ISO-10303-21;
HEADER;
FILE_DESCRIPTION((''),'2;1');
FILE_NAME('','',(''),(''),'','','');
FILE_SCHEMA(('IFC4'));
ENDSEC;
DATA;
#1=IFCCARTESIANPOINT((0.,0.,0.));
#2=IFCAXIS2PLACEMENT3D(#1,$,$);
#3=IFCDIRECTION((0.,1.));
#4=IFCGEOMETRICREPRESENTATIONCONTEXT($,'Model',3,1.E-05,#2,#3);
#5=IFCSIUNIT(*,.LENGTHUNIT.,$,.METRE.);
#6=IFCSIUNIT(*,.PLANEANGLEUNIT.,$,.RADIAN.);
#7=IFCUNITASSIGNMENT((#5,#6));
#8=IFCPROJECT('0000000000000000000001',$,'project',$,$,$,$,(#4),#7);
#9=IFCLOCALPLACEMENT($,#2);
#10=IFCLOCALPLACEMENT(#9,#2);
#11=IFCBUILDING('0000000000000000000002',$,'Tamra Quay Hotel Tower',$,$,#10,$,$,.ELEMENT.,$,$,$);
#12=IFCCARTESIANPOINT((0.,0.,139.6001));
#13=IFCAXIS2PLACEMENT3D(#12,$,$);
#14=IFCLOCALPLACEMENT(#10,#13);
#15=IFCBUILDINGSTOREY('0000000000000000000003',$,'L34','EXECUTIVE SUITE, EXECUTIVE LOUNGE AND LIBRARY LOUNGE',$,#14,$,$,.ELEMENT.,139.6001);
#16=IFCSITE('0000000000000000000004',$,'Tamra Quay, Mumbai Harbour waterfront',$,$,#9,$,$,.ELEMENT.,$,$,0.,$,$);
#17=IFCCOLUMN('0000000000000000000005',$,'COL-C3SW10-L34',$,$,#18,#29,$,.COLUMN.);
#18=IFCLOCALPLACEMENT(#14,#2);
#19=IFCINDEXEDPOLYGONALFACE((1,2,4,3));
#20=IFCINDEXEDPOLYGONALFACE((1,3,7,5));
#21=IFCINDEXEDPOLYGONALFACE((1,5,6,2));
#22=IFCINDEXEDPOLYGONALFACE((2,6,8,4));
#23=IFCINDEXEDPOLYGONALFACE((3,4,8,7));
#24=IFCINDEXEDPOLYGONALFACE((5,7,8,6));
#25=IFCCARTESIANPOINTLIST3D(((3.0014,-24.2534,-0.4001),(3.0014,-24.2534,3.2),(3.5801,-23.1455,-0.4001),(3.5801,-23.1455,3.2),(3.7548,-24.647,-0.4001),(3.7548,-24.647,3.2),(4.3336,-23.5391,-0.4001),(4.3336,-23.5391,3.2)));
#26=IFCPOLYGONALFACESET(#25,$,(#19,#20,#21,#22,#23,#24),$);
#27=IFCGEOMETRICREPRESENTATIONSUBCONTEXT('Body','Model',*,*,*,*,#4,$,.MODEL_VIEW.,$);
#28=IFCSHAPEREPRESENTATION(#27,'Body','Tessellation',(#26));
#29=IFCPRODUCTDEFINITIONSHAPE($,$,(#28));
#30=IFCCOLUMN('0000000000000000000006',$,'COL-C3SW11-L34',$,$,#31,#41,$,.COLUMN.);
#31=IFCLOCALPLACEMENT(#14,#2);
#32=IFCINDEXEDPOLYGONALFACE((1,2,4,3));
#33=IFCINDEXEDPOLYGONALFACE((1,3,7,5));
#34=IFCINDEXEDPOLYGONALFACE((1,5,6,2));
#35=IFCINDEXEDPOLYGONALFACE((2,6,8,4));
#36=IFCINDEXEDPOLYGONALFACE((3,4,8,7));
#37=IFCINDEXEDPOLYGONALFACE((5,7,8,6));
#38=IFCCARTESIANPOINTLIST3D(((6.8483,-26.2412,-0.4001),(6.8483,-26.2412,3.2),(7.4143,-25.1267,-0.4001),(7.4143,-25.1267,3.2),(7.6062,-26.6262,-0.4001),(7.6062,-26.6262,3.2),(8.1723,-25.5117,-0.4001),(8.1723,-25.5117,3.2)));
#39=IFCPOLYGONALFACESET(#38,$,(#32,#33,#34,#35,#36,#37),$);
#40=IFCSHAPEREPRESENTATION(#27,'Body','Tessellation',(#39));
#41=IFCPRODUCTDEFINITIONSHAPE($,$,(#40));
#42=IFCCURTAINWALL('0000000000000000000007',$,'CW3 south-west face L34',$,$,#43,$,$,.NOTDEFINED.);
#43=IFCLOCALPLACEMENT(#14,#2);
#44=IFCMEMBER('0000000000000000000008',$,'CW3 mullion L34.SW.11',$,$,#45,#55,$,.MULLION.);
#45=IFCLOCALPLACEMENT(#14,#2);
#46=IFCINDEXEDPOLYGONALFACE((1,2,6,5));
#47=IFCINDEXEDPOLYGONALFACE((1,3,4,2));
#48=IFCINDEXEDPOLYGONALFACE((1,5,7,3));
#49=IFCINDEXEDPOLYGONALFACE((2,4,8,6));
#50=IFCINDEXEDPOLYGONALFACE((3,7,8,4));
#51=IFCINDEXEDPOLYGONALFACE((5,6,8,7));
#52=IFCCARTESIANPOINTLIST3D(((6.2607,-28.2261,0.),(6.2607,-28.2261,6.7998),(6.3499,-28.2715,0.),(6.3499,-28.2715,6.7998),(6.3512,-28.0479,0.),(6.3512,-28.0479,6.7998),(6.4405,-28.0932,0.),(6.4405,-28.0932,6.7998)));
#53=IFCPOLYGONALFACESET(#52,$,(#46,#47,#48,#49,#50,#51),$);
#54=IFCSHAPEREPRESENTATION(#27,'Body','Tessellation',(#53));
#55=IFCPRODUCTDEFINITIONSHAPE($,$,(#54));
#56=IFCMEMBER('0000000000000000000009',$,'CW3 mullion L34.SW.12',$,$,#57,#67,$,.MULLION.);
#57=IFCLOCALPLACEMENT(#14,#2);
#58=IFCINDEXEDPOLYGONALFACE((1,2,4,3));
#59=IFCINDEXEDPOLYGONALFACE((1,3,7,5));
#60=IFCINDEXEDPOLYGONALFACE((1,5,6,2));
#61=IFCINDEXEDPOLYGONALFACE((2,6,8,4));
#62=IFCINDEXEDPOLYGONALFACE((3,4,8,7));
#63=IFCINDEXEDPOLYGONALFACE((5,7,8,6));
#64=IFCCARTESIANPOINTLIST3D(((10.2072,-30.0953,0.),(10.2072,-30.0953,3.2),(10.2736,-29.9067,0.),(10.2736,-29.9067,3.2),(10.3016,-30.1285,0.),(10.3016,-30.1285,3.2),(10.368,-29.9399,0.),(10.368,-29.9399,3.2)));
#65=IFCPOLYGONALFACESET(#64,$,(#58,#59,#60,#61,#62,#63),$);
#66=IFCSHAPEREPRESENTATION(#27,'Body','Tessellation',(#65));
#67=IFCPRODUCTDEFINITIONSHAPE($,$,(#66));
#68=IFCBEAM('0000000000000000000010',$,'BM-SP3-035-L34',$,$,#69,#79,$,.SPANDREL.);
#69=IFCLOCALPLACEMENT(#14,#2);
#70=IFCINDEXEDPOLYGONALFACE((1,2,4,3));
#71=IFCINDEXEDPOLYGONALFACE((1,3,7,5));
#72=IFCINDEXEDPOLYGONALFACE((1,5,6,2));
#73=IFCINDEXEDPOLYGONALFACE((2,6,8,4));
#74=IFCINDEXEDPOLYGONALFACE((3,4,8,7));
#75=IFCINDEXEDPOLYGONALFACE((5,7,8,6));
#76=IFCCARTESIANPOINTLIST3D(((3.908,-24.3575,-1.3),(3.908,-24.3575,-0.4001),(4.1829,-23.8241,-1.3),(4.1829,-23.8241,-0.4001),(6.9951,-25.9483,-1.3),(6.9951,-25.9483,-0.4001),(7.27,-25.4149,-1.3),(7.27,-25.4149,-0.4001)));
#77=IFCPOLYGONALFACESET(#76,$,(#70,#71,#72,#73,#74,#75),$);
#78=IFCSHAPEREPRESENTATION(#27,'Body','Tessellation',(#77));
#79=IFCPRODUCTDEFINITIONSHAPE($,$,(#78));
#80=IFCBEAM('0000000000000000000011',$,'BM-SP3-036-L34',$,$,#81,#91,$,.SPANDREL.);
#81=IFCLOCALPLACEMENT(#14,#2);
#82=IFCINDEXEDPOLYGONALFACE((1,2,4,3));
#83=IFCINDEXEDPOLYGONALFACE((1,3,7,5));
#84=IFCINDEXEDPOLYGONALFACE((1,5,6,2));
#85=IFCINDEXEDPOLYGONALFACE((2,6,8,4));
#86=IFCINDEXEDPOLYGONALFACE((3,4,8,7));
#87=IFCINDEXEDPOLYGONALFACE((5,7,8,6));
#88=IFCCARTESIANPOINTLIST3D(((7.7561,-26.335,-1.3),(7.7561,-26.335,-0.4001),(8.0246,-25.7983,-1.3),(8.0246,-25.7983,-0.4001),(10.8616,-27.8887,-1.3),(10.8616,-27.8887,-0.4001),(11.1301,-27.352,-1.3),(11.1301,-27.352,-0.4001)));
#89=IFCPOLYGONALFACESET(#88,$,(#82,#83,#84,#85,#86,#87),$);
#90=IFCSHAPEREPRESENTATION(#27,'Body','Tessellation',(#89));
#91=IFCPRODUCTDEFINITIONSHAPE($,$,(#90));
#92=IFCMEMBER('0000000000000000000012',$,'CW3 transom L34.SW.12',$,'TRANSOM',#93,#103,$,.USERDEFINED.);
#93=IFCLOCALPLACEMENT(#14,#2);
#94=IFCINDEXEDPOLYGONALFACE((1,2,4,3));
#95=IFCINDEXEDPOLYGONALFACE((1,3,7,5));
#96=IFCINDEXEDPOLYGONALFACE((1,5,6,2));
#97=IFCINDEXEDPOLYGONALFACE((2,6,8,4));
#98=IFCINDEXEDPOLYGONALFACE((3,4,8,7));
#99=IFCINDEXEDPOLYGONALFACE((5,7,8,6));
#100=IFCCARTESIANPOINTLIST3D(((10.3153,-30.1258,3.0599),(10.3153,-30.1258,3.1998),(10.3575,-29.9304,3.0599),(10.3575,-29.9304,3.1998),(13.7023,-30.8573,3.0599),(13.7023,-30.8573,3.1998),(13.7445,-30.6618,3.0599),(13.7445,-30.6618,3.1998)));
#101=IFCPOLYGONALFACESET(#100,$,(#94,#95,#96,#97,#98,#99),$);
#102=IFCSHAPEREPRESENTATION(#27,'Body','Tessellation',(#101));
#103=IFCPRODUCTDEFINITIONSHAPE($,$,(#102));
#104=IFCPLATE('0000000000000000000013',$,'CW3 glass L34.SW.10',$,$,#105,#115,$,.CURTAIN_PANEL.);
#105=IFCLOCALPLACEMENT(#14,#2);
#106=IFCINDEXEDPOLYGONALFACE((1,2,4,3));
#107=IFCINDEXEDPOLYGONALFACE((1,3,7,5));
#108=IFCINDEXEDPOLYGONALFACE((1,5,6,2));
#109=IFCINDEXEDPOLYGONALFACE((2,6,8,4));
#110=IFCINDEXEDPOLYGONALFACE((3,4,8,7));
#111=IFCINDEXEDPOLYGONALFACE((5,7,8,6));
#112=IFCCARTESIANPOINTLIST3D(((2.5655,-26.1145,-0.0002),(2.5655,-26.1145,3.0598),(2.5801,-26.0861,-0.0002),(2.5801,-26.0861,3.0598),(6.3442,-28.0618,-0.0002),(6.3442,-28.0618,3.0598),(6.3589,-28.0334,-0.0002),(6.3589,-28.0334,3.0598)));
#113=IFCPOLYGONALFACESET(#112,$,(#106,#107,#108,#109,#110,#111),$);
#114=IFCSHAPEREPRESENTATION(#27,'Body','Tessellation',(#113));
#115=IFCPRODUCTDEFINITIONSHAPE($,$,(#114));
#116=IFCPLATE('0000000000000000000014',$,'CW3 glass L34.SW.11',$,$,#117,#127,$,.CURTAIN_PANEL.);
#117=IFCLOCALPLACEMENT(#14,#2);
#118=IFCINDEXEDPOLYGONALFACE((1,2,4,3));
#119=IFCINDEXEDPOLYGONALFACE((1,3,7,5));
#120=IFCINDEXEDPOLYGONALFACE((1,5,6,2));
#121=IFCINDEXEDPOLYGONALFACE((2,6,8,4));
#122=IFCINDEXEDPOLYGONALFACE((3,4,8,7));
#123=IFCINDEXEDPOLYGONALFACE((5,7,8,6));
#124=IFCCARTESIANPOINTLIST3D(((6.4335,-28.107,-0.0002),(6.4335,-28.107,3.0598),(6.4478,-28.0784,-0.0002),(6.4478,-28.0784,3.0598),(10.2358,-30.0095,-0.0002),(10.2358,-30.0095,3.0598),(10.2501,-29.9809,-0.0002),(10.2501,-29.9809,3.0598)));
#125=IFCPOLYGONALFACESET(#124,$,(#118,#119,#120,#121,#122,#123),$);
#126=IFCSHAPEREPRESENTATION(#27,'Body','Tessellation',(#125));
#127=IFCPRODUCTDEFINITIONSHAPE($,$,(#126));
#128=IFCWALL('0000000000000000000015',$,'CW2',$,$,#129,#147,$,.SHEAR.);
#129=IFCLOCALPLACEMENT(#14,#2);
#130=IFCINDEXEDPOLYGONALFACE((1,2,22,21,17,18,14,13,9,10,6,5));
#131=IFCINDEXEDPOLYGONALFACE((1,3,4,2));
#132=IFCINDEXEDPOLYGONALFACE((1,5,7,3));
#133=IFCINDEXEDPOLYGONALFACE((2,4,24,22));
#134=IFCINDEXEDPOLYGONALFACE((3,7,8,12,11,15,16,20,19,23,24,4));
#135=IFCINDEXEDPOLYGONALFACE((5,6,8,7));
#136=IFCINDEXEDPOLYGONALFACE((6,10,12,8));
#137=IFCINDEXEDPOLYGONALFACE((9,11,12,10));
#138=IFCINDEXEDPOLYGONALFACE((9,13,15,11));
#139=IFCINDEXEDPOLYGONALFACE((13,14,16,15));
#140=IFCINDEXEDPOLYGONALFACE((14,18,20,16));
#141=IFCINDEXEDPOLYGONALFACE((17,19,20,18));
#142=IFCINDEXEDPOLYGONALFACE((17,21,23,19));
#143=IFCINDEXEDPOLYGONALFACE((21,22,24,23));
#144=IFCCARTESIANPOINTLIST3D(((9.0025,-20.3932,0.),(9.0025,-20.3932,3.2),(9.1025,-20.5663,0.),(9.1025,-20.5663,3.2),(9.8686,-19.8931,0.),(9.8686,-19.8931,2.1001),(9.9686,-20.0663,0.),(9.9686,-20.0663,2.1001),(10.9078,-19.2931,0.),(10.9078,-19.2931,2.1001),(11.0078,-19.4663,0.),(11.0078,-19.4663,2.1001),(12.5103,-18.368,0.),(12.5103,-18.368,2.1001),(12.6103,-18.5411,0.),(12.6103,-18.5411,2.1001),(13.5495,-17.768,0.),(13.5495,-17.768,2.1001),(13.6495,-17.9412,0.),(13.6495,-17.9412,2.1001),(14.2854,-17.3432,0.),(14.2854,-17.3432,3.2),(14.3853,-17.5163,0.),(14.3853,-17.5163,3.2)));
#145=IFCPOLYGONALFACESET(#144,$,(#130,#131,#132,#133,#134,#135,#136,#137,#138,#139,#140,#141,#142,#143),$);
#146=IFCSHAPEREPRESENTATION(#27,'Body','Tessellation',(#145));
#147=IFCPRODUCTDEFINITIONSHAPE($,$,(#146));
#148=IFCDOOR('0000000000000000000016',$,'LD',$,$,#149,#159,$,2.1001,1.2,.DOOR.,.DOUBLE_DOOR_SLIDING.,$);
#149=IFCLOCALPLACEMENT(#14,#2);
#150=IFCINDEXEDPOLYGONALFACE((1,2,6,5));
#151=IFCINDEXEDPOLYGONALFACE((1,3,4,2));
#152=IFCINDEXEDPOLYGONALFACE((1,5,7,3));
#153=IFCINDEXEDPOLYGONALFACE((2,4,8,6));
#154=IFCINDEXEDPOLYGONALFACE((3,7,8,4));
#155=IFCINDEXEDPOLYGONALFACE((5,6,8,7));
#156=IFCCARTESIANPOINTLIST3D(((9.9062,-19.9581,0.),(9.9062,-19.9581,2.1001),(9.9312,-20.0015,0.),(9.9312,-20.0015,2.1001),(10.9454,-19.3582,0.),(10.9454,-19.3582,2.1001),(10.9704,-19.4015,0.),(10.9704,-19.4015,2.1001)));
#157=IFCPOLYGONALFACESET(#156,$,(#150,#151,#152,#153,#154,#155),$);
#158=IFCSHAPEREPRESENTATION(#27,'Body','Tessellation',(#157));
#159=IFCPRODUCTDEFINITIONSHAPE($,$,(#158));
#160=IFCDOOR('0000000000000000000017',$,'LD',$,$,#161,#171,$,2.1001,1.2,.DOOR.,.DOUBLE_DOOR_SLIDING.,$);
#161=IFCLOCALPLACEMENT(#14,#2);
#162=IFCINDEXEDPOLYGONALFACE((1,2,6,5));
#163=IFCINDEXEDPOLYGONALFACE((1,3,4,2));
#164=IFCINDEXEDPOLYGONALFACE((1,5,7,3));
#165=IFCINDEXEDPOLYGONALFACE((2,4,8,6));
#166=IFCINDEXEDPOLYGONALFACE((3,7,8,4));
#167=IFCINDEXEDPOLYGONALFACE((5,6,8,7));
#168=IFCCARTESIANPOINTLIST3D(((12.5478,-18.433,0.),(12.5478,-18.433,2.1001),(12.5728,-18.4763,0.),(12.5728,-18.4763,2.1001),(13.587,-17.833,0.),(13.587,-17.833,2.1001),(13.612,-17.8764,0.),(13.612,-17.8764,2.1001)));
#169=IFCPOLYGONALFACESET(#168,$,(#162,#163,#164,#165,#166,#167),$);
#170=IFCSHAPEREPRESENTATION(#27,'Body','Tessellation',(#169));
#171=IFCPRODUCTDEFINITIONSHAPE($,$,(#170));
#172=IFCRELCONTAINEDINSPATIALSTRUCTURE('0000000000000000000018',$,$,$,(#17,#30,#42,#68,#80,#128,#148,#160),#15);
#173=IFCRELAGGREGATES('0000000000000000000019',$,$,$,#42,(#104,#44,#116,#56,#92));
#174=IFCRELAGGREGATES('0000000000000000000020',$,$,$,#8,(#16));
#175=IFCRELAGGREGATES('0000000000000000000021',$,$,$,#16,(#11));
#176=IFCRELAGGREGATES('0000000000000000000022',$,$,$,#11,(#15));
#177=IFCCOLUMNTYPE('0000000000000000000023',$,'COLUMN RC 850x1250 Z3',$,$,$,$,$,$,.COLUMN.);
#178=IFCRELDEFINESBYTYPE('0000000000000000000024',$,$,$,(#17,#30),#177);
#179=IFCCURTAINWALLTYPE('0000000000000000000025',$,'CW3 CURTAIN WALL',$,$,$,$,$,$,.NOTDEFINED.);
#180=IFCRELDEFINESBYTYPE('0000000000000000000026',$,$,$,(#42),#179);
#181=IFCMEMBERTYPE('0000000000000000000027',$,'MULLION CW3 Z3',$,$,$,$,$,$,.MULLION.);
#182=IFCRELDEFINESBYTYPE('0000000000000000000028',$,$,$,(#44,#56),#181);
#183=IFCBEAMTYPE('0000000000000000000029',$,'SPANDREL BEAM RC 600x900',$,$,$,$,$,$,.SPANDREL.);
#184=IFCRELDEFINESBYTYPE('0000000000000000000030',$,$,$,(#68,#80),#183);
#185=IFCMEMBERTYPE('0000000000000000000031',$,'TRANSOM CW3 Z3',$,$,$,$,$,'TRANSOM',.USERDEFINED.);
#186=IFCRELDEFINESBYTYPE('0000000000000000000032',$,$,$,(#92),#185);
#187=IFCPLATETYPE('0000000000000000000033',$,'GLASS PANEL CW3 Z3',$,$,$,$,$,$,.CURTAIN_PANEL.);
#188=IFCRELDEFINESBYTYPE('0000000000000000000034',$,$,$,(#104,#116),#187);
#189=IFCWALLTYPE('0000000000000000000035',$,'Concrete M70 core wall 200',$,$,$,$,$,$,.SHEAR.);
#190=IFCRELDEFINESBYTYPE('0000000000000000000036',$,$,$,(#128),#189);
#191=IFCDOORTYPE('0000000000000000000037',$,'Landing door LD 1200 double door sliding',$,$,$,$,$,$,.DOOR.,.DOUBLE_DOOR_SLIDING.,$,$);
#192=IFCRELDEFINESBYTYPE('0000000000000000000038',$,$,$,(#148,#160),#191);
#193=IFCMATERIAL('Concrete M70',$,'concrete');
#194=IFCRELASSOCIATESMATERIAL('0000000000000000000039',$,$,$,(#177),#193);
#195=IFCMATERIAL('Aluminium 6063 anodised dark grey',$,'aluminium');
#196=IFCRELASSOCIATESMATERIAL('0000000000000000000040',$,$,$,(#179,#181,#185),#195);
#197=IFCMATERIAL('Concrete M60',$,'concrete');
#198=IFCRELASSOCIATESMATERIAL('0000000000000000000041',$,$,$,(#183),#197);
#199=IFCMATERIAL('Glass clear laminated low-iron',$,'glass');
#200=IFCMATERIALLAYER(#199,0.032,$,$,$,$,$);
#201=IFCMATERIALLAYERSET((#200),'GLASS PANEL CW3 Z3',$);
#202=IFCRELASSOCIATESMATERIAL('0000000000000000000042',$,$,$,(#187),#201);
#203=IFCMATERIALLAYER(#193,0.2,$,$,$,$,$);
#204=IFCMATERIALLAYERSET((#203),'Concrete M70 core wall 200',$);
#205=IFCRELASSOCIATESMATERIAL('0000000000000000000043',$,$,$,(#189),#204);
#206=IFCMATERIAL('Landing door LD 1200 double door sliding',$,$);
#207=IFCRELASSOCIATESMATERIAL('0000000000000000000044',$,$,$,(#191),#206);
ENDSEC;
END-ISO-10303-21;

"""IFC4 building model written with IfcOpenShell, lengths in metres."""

from ifc_helpers import new_model, si_unit, direction, frame, frame_2d, origin, origin_2d, place, context, subcontext, project, spatial, rectangle, extrude, material, layer, layer_set, material_profile, profile_set, type_object, element, fill, aggregate, save


model = new_model("IFC4")

# Units and contexts
model_context = context("Model", 3, precision=1e-05, world=origin(), true_north=direction((0.0, 1.0)))
body_context = subcontext(model_context, "Body", "Model", "MODEL_VIEW")
ifc_project = project(units=[si_unit("LENGTHUNIT", "METRE"), si_unit("PLANEANGLEUNIT", "RADIAN")], contexts=[model_context])

# Site, building, storey
site_placement = place(None, origin())
site = spatial("IfcSite", under=ifc_project, at=site_placement, Name="Tamra Quay, Mumbai Harbour waterfront", CompositionType="ELEMENT", RefElevation=0.0)
building_placement = place(site_placement, origin())
building = spatial("IfcBuilding", under=site, at=building_placement, Name="Tamra Quay Hotel Tower", CompositionType="ELEMENT")
storey_placement = place(building_placement, frame((0.0, 0.0, 139.6001)))
storey = spatial("IfcBuildingStorey", under=building, at=storey_placement, Name="L34", Description="EXECUTIVE SUITE, EXECUTIVE LOUNGE AND LIBRARY LOUNGE", CompositionType="ELEMENT", Elevation=139.6001)

# Columns
ifc_material_1 = material(Name="Concrete M70", Category="concrete")
ifc_material_profile_1 = material_profile(ifc_material_1, rectangle(XDim=1.25, YDim=0.8501, at=origin_2d()), Name="COLUMN RC 850x1250 Z3")
ifc_profile_set_1 = profile_set([ifc_material_profile_1], Name="Concrete M70")
column_type = type_object("IfcColumnType", Name="COLUMN RC 850x1250 Z3", PredefinedType="COLUMN", material=ifc_profile_set_1)
for number, where, z_axis, x_axis, name in (
    (1, (3.6675, -23.8962, -0.4001), (0.0, 0.0, 1.0), (0.463007, 0.886355, 0.0), "COL-C3SW10-L34"),
    (2, (7.5103, -25.8765, -0.4001), (0.0, 0.0, 1.0), (0.45286, 0.891582, 0.0), "COL-C3SW11-L34"),
):
    element("IfcColumn", number, at=place(storey_placement, frame(where, z_axis=z_axis, x_axis=x_axis)), inside=storey, type_object=column_type, Name=name, PredefinedType="COLUMN", context=body_context, shape_type="SweptSolid", body=[
        extrude(rectangle(XDim=1.25, YDim=0.8501, at=origin_2d()), origin(), (0.0, 0.0, 1.0), 3.6001),
    ])

# Curtain wall, members
ifc_material_2 = material(Name="Aluminium 6063 anodised dark grey", Category="aluminium")
curtain_wall_type = type_object("IfcCurtainWallType", Name="CW3 CURTAIN WALL", PredefinedType="NOTDEFINED", material=ifc_material_2)
curtain_wall_placement = place(storey_placement, origin())
curtain_wall = element("IfcCurtainWall", 3, at=curtain_wall_placement, inside=storey, type_object=curtain_wall_type, Name="CW3 south-west face L34", PredefinedType="NOTDEFINED")
ifc_material_profile_2 = material_profile(ifc_material_2, rectangle(XDim=0.2, YDim=0.1001, at=origin_2d()), Name="MULLION 100X200")
ifc_profile_set_2 = profile_set([ifc_material_profile_2], Name="Aluminium 6063 anodised dark grey")
member_type_1 = type_object("IfcMemberType", Name="MULLION CW3 Z3", PredefinedType="MULLION", material=ifc_profile_set_2)
member_1_placement = place(storey_placement, frame((6.3506, -28.1597, 0.0), z_axis=(0.0, 0.0, 1.0), x_axis=(-0.452777, -0.891624, 0.0)))
member_1 = element("IfcMember", 4, at=member_1_placement, type_object=member_type_1, Name="CW3 mullion L34.SW.11", PredefinedType="MULLION", context=body_context, shape_type="SweptSolid", body=[
    extrude(rectangle(XDim=0.2, YDim=0.1001, at=origin_2d()), origin(), (0.0, 0.0, 1.0), 6.7998),
])
member_2_placement = place(storey_placement, frame((10.2876, -30.0176, 0.0), z_axis=(0.0, 0.0, 1.0), x_axis=(-0.331894, -0.943317, 0.0)))
member_2 = element("IfcMember", 5, at=member_2_placement, type_object=member_type_1, Name="CW3 mullion L34.SW.12", PredefinedType="MULLION", context=body_context, shape_type="SweptSolid", body=[
    extrude(rectangle(XDim=0.2, YDim=0.1001, at=origin_2d()), origin(), (0.0, 0.0, 1.0), 3.2),
])

# Beams
ifc_material_3 = material(Name="Concrete M60", Category="concrete")
ifc_material_profile_3 = material_profile(ifc_material_3, rectangle(XDim=0.6001, YDim=0.8999, at=origin_2d()), Name="SPANDREL BEAM RC 600x900")
ifc_profile_set_3 = profile_set([ifc_material_profile_3], Name="Concrete M60")
beam_type = type_object("IfcBeamType", Name="SPANDREL BEAM RC 600x900", PredefinedType="SPANDREL", material=ifc_profile_set_3)
beam_1_placement = place(storey_placement, frame((4.0454, -24.0908, -0.8501), z_axis=(0.88892, -0.458063, 0.0), x_axis=(0.458063, 0.88892, 0.0)))
element("IfcBeam", 6, at=beam_1_placement, inside=storey, type_object=beam_type, Name="BM-SP3-035-L34", PredefinedType="SPANDREL", context=body_context, shape_type="SweptSolid", body=[
    extrude(rectangle(XDim=0.6001, YDim=0.8999, at=origin_2d()), origin(), (0.0, 0.0, 1.0), 3.4729),
])
beam_2_placement = place(storey_placement, frame((7.8904, -26.0667, -0.8501), z_axis=(0.894315, -0.447439, 0.0), x_axis=(0.447439, 0.894315, 0.0)))
element("IfcBeam", 7, at=beam_2_placement, inside=storey, type_object=beam_type, Name="BM-SP3-036-L34", PredefinedType="SPANDREL", context=body_context, shape_type="SweptSolid", body=[
    extrude(rectangle(XDim=0.6001, YDim=0.8999, at=origin_2d()), origin(), (0.0, 0.0, 1.0), 3.4724),
])

# Member
ifc_material_profile_4 = material_profile(ifc_material_2, rectangle(XDim=0.2, YDim=0.1399, at=origin_2d()), Name="TRANSOM 200X140")
ifc_profile_set_4 = profile_set([ifc_material_profile_4], Name="Aluminium 6063 anodised dark grey")
member_type_2 = type_object("IfcMemberType", Name="TRANSOM CW3 Z3", ElementType="TRANSOM", PredefinedType="USERDEFINED", material=ifc_profile_set_4)
member_3_placement = place(storey_placement, frame((10.3364, -30.0281, 3.1299), z_axis=(0.977466, -0.211093, 0.0), x_axis=(0.211093, 0.977466, 0.0)))
member_3 = element("IfcMember", 8, at=member_3_placement, type_object=member_type_2, Name="CW3 transom L34.SW.12", ObjectType="TRANSOM", PredefinedType="USERDEFINED", context=body_context, shape_type="SweptSolid", body=[
    extrude(rectangle(XDim=0.2, YDim=0.1399, at=origin_2d()), origin(), (0.0, 0.0, 1.0), 3.4651),
])

# Plates
ifc_material_4 = material(Name="Glass clear laminated low-iron", Category="glass")
ifc_layer_1 = layer(ifc_material_4, 0.032)
ifc_layer_set_1 = layer_set([ifc_layer_1], Name="GLASS PANEL CW3 Z3")
plate_type = type_object("IfcPlateType", Name="GLASS PANEL CW3 Z3", PredefinedType="CURTAIN_PANEL", material=ifc_layer_set_1)
plate_1_placement = place(storey_placement, frame((4.4622, -27.074, -0.0002), z_axis=(0.0, 0.0, 1.0), x_axis=(0.888911, -0.458079, 0.0)))
plate_1 = element("IfcPlate", 9, at=plate_1_placement, type_object=plate_type, Name="CW3 glass L34.SW.10", PredefinedType="CURTAIN_PANEL", context=body_context, shape_type="SweptSolid", body=[
    extrude(rectangle(XDim=4.251, YDim=0.032, at=origin_2d()), origin(), (0.0, 0.0, 1.0), 3.0601),
])
plate_2_placement = place(storey_placement, frame((8.3418, -29.0439, -0.0002), z_axis=(0.0, 0.0, 1.0), x_axis=(0.894305, -0.447459, 0.0)))
plate_2 = element("IfcPlate", 10, at=plate_2_placement, type_object=plate_type, Name="CW3 glass L34.SW.11", PredefinedType="CURTAIN_PANEL", context=body_context, shape_type="SweptSolid", body=[
    extrude(rectangle(XDim=4.2517, YDim=0.032, at=origin_2d()), origin(), (0.0, 0.0, 1.0), 3.0601),
])
aggregate(curtain_wall, [plate_1, member_1, plate_2, member_2, member_3])

# Wall, openings, doors
ifc_layer_2 = layer(ifc_material_1, 0.2)
ifc_layer_set_2 = layer_set([ifc_layer_2], Name="Concrete M70 core wall 200")
wall_type_1 = type_object("IfcWallType", Name="Concrete M70 core wall 200", PredefinedType="SHEAR", material=ifc_layer_set_2)
wall_1_placement = place(storey_placement, frame((9.0525, -20.4797, 0.0), z_axis=(0.0, 0.0, 1.0), x_axis=(0.86603, 0.499992, 0.0)))
wall_1 = element("IfcWall", 11, at=wall_1_placement, inside=storey, type_object=wall_type_1, Name="CW2", PredefinedType="SHEAR", context=body_context, shape_type="SweptSolid", body=[
    extrude(rectangle(XDim=6.1001, YDim=0.2, at=frame_2d((3.05, 0.0))), origin(), (0.0, 0.0, 1.0), 3.2),
])
opening_1_placement = place(wall_1_placement, frame((1.0, 0.0, 0.0)))
opening_1 = element("IfcOpeningElement", 12, at=opening_1_placement, cuts=wall_1, PredefinedType="OPENING", context=body_context, shape_type="SweptSolid", body=[
    extrude(rectangle(XDim=1.2, YDim=2.1001, at=frame_2d((0.6001, 1.05))), frame((0.0, 0.1099, 0.0), z_axis=(0.0, -1.0, 0.0), x_axis=(1.0, 0.0, 0.0)), (0.0, 0.0, 1.0), 0.22),
])
opening_2_placement = place(wall_1_placement, frame((4.0503, 0.0, 0.0)))
opening_2 = element("IfcOpeningElement", 13, at=opening_2_placement, cuts=wall_1, PredefinedType="OPENING", context=body_context, shape_type="SweptSolid", body=[
    extrude(rectangle(XDim=1.2, YDim=2.1001, at=frame_2d((0.6001, 1.05))), frame((0.0, 0.1099, 0.0), z_axis=(0.0, -1.0, 0.0), x_axis=(1.0, 0.0, 0.0)), (0.0, 0.0, 1.0), 0.22),
])
ifc_material_5 = material(Name="Landing door LD 1200 double door sliding")
door_type_1 = type_object("IfcDoorType", Name="Landing door LD 1200 double door sliding", OperationType="DOUBLE_DOOR_SLIDING", PredefinedType="DOOR", material=ifc_material_5)
door_1_placement = place(opening_1_placement, origin())
door_1 = element("IfcDoor", 14, at=door_1_placement, inside=storey, type_object=door_type_1, Name="LD", OperationType="DOUBLE_DOOR_SLIDING", OverallHeight=2.1001, OverallWidth=1.2, PredefinedType="DOOR", context=body_context, shape_type="SweptSolid", body=[
    extrude(rectangle(XDim=1.2, YDim=2.1001, at=frame_2d((0.6001, 1.05))), frame((0.0, 0.0249, 0.0), z_axis=(0.0, -1.0, 0.0), x_axis=(1.0, 0.0, 0.0)), (0.0, 0.0, 1.0), 0.05),
])
fill(opening_1, door_1)
door_2_placement = place(opening_2_placement, origin())
door_2 = element("IfcDoor", 15, at=door_2_placement, inside=storey, type_object=door_type_1, Name="LD", OperationType="DOUBLE_DOOR_SLIDING", OverallHeight=2.1001, OverallWidth=1.2, PredefinedType="DOOR", context=body_context, shape_type="SweptSolid", body=[
    extrude(rectangle(XDim=1.2, YDim=2.1001, at=frame_2d((0.6001, 1.05))), frame((0.0, 0.0249, 0.0), z_axis=(0.0, -1.0, 0.0), x_axis=(1.0, 0.0, 0.0)), (0.0, 0.0, 1.0), 0.05),
])
fill(opening_2, door_2)

save(model, "model.ifc")
